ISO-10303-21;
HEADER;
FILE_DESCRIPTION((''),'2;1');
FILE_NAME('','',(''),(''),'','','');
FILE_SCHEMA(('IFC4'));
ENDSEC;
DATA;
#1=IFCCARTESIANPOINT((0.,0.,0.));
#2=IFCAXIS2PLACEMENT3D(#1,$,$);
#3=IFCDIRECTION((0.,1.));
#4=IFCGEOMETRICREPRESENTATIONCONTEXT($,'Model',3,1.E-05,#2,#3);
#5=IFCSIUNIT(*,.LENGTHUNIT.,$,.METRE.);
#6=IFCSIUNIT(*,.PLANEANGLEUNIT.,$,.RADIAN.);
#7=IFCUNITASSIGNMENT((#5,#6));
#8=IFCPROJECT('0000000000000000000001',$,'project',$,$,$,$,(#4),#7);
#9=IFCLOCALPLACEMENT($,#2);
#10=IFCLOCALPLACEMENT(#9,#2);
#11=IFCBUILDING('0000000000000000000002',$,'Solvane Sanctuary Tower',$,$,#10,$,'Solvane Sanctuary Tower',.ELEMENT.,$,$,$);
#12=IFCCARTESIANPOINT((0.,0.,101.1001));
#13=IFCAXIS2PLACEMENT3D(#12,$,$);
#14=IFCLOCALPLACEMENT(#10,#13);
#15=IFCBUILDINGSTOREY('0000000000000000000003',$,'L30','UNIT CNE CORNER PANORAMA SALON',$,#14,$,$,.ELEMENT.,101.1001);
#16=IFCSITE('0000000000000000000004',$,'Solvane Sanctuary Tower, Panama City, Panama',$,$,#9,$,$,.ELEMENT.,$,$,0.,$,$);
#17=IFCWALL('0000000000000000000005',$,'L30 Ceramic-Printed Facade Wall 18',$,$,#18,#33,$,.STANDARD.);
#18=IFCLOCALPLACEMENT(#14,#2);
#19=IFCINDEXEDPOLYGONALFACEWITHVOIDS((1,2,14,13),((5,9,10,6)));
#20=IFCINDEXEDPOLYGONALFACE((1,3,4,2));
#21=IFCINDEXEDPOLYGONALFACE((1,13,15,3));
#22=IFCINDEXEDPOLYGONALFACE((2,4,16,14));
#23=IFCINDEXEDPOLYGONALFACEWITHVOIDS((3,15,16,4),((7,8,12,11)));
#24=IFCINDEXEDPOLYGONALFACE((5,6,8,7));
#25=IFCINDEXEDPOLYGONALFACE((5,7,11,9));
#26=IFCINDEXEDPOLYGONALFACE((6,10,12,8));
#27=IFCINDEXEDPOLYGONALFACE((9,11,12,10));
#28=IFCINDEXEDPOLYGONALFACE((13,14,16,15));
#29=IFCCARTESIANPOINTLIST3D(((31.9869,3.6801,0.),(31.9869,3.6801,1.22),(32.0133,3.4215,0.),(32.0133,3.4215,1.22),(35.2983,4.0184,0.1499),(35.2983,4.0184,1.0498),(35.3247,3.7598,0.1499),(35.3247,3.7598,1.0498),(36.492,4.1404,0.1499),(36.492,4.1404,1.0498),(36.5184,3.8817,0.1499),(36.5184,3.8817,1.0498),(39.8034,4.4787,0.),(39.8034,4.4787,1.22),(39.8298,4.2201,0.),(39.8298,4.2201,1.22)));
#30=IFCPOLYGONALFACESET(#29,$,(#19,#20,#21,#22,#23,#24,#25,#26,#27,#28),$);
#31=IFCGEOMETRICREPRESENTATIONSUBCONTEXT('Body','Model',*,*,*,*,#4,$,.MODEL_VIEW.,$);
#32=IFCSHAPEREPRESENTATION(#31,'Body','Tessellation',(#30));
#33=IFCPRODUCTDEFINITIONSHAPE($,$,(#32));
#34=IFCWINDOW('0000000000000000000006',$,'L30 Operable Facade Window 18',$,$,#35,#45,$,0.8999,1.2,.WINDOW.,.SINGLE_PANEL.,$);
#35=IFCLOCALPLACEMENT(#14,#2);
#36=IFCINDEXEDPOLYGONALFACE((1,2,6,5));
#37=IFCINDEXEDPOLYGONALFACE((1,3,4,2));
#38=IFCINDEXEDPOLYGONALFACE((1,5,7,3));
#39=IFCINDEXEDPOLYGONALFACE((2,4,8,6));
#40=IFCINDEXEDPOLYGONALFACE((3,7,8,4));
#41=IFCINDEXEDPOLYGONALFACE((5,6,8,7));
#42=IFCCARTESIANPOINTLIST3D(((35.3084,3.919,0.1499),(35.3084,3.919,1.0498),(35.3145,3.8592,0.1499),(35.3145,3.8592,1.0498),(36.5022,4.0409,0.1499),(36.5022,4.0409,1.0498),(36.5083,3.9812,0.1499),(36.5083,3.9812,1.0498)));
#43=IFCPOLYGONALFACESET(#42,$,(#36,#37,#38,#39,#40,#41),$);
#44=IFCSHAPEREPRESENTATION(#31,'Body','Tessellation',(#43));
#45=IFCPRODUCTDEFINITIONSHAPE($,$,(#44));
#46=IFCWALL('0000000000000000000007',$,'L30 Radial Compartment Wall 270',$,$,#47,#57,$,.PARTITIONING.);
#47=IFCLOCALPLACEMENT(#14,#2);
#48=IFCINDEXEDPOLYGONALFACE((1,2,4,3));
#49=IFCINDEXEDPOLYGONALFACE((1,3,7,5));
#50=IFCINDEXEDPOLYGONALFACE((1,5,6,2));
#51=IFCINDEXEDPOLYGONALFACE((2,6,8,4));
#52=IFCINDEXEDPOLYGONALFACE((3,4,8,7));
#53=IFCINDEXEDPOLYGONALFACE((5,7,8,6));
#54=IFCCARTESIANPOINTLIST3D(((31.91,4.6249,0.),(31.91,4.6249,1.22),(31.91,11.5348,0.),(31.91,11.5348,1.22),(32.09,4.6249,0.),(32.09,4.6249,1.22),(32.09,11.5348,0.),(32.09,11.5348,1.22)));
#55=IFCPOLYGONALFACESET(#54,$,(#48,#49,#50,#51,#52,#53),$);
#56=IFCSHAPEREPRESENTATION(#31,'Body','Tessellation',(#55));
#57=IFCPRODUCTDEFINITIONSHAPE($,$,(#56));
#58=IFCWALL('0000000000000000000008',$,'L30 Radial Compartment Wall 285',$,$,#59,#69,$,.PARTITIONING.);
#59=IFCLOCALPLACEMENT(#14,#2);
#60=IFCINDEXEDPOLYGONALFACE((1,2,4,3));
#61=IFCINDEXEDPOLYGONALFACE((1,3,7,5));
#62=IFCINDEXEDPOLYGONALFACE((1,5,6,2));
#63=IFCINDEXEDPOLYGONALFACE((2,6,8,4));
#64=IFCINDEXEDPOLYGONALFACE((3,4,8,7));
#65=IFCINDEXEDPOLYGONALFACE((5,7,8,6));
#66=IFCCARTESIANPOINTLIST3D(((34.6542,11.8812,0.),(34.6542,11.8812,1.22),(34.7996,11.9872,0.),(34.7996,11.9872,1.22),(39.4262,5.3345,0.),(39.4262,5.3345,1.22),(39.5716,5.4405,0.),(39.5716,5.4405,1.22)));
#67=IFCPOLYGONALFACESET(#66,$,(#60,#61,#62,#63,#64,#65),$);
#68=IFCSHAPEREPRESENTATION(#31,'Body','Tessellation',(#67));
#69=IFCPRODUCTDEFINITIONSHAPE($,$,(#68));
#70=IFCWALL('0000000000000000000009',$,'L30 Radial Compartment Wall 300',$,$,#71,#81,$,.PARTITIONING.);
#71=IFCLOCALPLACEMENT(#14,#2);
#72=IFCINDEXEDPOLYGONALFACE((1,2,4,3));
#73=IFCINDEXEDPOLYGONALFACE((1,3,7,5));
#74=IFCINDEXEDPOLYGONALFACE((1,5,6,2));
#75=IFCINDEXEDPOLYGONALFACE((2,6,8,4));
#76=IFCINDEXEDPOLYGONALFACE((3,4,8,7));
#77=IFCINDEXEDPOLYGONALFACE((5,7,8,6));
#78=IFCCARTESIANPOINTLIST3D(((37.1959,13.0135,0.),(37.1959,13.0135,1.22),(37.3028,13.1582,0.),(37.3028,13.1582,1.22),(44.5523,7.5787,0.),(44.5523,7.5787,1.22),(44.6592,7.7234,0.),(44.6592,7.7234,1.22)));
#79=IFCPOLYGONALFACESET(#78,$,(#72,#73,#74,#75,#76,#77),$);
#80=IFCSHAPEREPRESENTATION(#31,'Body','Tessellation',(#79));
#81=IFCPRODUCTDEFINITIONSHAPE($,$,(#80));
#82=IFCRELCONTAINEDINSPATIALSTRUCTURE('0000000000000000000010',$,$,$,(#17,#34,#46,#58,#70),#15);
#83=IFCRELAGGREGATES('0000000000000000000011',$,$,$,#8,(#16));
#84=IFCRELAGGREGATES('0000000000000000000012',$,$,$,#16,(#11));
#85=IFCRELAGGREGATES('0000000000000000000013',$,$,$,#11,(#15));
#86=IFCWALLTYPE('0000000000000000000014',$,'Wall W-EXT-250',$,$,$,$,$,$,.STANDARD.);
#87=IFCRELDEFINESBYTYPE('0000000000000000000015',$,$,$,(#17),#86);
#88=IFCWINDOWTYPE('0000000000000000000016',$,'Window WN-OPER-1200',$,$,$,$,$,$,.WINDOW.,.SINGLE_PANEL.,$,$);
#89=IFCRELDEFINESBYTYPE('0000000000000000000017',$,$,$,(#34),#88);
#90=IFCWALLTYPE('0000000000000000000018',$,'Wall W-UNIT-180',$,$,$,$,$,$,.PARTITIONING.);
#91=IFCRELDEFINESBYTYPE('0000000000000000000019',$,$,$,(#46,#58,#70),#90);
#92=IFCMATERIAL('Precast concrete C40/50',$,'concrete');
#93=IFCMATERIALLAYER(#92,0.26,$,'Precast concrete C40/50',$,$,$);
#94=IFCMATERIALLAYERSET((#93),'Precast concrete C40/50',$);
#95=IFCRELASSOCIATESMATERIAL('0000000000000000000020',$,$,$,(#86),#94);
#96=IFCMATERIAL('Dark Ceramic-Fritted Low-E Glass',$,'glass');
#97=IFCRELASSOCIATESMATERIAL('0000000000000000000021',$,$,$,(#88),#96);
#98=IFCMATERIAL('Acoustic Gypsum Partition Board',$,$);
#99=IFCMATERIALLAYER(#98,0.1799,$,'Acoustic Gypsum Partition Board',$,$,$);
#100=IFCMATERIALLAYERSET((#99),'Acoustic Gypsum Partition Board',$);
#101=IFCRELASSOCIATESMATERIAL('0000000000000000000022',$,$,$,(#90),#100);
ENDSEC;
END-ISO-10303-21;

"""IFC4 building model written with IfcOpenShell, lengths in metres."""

from ifc_helpers import new_model, si_unit, direction, frame, frame_2d, origin, place, context, subcontext, project, spatial, rectangle, extrude, material, layer, layer_set, type_object, element, fill, save


model = new_model("IFC4")

# Units and contexts
model_context = context("Model", 3, precision=1e-05, world=origin(), true_north=direction((0.0, 1.0)))
body_context = subcontext(model_context, "Body", "Model", "MODEL_VIEW")
ifc_project = project(units=[si_unit("LENGTHUNIT", "METRE"), si_unit("PLANEANGLEUNIT", "RADIAN")], contexts=[model_context])

# Site, building, storey
site_placement = place(None, origin())
site = spatial("IfcSite", under=ifc_project, at=site_placement, Name="Solvane Sanctuary Tower, Panama City, Panama", CompositionType="ELEMENT", RefElevation=0.0)
building_placement = place(site_placement, origin())
building = spatial("IfcBuilding", under=site, at=building_placement, Name="Solvane Sanctuary Tower", LongName="Solvane Sanctuary Tower", CompositionType="ELEMENT")
storey_placement = place(building_placement, frame((0.0, 0.0, 101.1001)))
storey = spatial("IfcBuildingStorey", under=building, at=storey_placement, Name="L30", Description="UNIT CNE CORNER PANORAMA SALON", CompositionType="ELEMENT", Elevation=101.1001)

# Shared definitions
ifc_material_1 = material(Name="Acoustic Gypsum Partition Board")

# Wall, opening, window
ifc_material_2 = material(Name="Precast concrete C40/50", Category="concrete")
ifc_layer_1 = layer(ifc_material_2, 0.26, Name="Precast concrete C40/50")
ifc_layer_set_1 = layer_set([ifc_layer_1], Name="Precast concrete C40/50")
wall_type_1 = type_object("IfcWallType", Name="Wall W-EXT-250", PredefinedType="STANDARD", material=ifc_layer_set_1)
wall_1_placement = place(storey_placement, frame((32.0, 3.5508, 0.0), z_axis=(0.0, 0.0, 1.0), x_axis=(0.994821, 0.101639, 0.0)))
wall_1 = element("IfcWall", 1, at=wall_1_placement, inside=storey, type_object=wall_type_1, Name="L30 Ceramic-Printed Facade Wall 18", PredefinedType="STANDARD", context=body_context, shape_type="SweptSolid", body=[
    extrude(rectangle(XDim=7.8572, YDim=0.26, at=frame_2d((3.9287, 0.0))), origin(), (0.0, 0.0, 1.0), 1.22),
])
opening_1_placement = place(wall_1_placement, frame((3.3286, 0.0, 0.1499)))
opening_1 = element("IfcOpeningElement", 2, at=opening_1_placement, cuts=wall_1, PredefinedType="OPENING", context=body_context, shape_type="SweptSolid", body=[
    extrude(rectangle(XDim=1.2, YDim=0.8999, at=frame_2d((0.6001, 0.45))), frame((0.0, 0.1399, 0.0), z_axis=(0.0, -1.0, 0.0), x_axis=(1.0, 0.0, 0.0)), (0.0, 0.0, 1.0), 0.28),
])
ifc_material_3 = material(Name="Dark Ceramic-Fritted Low-E Glass", Category="glass")
window_type = type_object("IfcWindowType", Name="Window WN-OPER-1200", PartitioningType="SINGLE_PANEL", PredefinedType="WINDOW", material=ifc_material_3)
window_placement = place(opening_1_placement, origin())
window = element("IfcWindow", 3, at=window_placement, inside=storey, type_object=window_type, Name="L30 Operable Facade Window 18", OverallHeight=0.8999, OverallWidth=1.2, PartitioningType="SINGLE_PANEL", PredefinedType="WINDOW", context=body_context, shape_type="SweptSolid", body=[
    extrude(rectangle(XDim=1.2, YDim=0.8999, at=frame_2d((0.6001, 0.45))), frame((0.0, 0.03, 0.0), z_axis=(0.0, -1.0, 0.0), x_axis=(1.0, 0.0, 0.0)), (0.0, 0.0, 1.0), 0.0601),
])
fill(opening_1, window)

# Walls
ifc_layer_2 = layer(ifc_material_1, 0.1799, Name="Acoustic Gypsum Partition Board")
ifc_layer_set_2 = layer_set([ifc_layer_2], Name="Acoustic Gypsum Partition Board")
wall_type_2 = type_object("IfcWallType", Name="Wall W-UNIT-180", PredefinedType="PARTITIONING", material=ifc_layer_set_2)
wall_2_placement = place(storey_placement, frame((32.0, 11.5349, 0.0), z_axis=(0.0, 0.0, 1.0), x_axis=(0.0, -1.0, 0.0)))
element("IfcWall", 4, at=wall_2_placement, inside=storey, type_object=wall_type_2, Name="L30 Radial Compartment Wall 270", PredefinedType="PARTITIONING", context=body_context, shape_type="SweptSolid", body=[
    extrude(rectangle(XDim=6.9099, YDim=0.1799, at=frame_2d((3.4551, 0.0))), origin(), (0.0, 0.0, 1.0), 1.22),
])
wall_3_placement = place(storey_placement, frame((34.7268, 11.9343, 0.0), z_axis=(0.0, 0.0, 1.0), x_axis=(0.589042, -0.808102, 0.0)))
element("IfcWall", 5, at=wall_3_placement, inside=storey, type_object=wall_type_2, Name="L30 Radial Compartment Wall 285", PredefinedType="PARTITIONING", context=body_context, shape_type="SweptSolid", body=[
    extrude(rectangle(XDim=8.1013, YDim=0.1799, at=frame_2d((4.0508, 0.0))), origin(), (0.0, 0.0, 1.0), 1.22),
])
wall_4_placement = place(storey_placement, frame((37.2493, 13.0859, 0.0), z_axis=(0.0, 0.0, 1.0), x_axis=(0.80431, -0.59421, 0.0)))
element("IfcWall", 6, at=wall_4_placement, inside=storey, type_object=wall_type_2, Name="L30 Radial Compartment Wall 300", PredefinedType="PARTITIONING", context=body_context, shape_type="SweptSolid", body=[
    extrude(rectangle(XDim=9.1462, YDim=0.1799, at=frame_2d((4.5732, 0.0))), origin(), (0.0, 0.0, 1.0), 1.22),
])

save(model, "model.ifc")
